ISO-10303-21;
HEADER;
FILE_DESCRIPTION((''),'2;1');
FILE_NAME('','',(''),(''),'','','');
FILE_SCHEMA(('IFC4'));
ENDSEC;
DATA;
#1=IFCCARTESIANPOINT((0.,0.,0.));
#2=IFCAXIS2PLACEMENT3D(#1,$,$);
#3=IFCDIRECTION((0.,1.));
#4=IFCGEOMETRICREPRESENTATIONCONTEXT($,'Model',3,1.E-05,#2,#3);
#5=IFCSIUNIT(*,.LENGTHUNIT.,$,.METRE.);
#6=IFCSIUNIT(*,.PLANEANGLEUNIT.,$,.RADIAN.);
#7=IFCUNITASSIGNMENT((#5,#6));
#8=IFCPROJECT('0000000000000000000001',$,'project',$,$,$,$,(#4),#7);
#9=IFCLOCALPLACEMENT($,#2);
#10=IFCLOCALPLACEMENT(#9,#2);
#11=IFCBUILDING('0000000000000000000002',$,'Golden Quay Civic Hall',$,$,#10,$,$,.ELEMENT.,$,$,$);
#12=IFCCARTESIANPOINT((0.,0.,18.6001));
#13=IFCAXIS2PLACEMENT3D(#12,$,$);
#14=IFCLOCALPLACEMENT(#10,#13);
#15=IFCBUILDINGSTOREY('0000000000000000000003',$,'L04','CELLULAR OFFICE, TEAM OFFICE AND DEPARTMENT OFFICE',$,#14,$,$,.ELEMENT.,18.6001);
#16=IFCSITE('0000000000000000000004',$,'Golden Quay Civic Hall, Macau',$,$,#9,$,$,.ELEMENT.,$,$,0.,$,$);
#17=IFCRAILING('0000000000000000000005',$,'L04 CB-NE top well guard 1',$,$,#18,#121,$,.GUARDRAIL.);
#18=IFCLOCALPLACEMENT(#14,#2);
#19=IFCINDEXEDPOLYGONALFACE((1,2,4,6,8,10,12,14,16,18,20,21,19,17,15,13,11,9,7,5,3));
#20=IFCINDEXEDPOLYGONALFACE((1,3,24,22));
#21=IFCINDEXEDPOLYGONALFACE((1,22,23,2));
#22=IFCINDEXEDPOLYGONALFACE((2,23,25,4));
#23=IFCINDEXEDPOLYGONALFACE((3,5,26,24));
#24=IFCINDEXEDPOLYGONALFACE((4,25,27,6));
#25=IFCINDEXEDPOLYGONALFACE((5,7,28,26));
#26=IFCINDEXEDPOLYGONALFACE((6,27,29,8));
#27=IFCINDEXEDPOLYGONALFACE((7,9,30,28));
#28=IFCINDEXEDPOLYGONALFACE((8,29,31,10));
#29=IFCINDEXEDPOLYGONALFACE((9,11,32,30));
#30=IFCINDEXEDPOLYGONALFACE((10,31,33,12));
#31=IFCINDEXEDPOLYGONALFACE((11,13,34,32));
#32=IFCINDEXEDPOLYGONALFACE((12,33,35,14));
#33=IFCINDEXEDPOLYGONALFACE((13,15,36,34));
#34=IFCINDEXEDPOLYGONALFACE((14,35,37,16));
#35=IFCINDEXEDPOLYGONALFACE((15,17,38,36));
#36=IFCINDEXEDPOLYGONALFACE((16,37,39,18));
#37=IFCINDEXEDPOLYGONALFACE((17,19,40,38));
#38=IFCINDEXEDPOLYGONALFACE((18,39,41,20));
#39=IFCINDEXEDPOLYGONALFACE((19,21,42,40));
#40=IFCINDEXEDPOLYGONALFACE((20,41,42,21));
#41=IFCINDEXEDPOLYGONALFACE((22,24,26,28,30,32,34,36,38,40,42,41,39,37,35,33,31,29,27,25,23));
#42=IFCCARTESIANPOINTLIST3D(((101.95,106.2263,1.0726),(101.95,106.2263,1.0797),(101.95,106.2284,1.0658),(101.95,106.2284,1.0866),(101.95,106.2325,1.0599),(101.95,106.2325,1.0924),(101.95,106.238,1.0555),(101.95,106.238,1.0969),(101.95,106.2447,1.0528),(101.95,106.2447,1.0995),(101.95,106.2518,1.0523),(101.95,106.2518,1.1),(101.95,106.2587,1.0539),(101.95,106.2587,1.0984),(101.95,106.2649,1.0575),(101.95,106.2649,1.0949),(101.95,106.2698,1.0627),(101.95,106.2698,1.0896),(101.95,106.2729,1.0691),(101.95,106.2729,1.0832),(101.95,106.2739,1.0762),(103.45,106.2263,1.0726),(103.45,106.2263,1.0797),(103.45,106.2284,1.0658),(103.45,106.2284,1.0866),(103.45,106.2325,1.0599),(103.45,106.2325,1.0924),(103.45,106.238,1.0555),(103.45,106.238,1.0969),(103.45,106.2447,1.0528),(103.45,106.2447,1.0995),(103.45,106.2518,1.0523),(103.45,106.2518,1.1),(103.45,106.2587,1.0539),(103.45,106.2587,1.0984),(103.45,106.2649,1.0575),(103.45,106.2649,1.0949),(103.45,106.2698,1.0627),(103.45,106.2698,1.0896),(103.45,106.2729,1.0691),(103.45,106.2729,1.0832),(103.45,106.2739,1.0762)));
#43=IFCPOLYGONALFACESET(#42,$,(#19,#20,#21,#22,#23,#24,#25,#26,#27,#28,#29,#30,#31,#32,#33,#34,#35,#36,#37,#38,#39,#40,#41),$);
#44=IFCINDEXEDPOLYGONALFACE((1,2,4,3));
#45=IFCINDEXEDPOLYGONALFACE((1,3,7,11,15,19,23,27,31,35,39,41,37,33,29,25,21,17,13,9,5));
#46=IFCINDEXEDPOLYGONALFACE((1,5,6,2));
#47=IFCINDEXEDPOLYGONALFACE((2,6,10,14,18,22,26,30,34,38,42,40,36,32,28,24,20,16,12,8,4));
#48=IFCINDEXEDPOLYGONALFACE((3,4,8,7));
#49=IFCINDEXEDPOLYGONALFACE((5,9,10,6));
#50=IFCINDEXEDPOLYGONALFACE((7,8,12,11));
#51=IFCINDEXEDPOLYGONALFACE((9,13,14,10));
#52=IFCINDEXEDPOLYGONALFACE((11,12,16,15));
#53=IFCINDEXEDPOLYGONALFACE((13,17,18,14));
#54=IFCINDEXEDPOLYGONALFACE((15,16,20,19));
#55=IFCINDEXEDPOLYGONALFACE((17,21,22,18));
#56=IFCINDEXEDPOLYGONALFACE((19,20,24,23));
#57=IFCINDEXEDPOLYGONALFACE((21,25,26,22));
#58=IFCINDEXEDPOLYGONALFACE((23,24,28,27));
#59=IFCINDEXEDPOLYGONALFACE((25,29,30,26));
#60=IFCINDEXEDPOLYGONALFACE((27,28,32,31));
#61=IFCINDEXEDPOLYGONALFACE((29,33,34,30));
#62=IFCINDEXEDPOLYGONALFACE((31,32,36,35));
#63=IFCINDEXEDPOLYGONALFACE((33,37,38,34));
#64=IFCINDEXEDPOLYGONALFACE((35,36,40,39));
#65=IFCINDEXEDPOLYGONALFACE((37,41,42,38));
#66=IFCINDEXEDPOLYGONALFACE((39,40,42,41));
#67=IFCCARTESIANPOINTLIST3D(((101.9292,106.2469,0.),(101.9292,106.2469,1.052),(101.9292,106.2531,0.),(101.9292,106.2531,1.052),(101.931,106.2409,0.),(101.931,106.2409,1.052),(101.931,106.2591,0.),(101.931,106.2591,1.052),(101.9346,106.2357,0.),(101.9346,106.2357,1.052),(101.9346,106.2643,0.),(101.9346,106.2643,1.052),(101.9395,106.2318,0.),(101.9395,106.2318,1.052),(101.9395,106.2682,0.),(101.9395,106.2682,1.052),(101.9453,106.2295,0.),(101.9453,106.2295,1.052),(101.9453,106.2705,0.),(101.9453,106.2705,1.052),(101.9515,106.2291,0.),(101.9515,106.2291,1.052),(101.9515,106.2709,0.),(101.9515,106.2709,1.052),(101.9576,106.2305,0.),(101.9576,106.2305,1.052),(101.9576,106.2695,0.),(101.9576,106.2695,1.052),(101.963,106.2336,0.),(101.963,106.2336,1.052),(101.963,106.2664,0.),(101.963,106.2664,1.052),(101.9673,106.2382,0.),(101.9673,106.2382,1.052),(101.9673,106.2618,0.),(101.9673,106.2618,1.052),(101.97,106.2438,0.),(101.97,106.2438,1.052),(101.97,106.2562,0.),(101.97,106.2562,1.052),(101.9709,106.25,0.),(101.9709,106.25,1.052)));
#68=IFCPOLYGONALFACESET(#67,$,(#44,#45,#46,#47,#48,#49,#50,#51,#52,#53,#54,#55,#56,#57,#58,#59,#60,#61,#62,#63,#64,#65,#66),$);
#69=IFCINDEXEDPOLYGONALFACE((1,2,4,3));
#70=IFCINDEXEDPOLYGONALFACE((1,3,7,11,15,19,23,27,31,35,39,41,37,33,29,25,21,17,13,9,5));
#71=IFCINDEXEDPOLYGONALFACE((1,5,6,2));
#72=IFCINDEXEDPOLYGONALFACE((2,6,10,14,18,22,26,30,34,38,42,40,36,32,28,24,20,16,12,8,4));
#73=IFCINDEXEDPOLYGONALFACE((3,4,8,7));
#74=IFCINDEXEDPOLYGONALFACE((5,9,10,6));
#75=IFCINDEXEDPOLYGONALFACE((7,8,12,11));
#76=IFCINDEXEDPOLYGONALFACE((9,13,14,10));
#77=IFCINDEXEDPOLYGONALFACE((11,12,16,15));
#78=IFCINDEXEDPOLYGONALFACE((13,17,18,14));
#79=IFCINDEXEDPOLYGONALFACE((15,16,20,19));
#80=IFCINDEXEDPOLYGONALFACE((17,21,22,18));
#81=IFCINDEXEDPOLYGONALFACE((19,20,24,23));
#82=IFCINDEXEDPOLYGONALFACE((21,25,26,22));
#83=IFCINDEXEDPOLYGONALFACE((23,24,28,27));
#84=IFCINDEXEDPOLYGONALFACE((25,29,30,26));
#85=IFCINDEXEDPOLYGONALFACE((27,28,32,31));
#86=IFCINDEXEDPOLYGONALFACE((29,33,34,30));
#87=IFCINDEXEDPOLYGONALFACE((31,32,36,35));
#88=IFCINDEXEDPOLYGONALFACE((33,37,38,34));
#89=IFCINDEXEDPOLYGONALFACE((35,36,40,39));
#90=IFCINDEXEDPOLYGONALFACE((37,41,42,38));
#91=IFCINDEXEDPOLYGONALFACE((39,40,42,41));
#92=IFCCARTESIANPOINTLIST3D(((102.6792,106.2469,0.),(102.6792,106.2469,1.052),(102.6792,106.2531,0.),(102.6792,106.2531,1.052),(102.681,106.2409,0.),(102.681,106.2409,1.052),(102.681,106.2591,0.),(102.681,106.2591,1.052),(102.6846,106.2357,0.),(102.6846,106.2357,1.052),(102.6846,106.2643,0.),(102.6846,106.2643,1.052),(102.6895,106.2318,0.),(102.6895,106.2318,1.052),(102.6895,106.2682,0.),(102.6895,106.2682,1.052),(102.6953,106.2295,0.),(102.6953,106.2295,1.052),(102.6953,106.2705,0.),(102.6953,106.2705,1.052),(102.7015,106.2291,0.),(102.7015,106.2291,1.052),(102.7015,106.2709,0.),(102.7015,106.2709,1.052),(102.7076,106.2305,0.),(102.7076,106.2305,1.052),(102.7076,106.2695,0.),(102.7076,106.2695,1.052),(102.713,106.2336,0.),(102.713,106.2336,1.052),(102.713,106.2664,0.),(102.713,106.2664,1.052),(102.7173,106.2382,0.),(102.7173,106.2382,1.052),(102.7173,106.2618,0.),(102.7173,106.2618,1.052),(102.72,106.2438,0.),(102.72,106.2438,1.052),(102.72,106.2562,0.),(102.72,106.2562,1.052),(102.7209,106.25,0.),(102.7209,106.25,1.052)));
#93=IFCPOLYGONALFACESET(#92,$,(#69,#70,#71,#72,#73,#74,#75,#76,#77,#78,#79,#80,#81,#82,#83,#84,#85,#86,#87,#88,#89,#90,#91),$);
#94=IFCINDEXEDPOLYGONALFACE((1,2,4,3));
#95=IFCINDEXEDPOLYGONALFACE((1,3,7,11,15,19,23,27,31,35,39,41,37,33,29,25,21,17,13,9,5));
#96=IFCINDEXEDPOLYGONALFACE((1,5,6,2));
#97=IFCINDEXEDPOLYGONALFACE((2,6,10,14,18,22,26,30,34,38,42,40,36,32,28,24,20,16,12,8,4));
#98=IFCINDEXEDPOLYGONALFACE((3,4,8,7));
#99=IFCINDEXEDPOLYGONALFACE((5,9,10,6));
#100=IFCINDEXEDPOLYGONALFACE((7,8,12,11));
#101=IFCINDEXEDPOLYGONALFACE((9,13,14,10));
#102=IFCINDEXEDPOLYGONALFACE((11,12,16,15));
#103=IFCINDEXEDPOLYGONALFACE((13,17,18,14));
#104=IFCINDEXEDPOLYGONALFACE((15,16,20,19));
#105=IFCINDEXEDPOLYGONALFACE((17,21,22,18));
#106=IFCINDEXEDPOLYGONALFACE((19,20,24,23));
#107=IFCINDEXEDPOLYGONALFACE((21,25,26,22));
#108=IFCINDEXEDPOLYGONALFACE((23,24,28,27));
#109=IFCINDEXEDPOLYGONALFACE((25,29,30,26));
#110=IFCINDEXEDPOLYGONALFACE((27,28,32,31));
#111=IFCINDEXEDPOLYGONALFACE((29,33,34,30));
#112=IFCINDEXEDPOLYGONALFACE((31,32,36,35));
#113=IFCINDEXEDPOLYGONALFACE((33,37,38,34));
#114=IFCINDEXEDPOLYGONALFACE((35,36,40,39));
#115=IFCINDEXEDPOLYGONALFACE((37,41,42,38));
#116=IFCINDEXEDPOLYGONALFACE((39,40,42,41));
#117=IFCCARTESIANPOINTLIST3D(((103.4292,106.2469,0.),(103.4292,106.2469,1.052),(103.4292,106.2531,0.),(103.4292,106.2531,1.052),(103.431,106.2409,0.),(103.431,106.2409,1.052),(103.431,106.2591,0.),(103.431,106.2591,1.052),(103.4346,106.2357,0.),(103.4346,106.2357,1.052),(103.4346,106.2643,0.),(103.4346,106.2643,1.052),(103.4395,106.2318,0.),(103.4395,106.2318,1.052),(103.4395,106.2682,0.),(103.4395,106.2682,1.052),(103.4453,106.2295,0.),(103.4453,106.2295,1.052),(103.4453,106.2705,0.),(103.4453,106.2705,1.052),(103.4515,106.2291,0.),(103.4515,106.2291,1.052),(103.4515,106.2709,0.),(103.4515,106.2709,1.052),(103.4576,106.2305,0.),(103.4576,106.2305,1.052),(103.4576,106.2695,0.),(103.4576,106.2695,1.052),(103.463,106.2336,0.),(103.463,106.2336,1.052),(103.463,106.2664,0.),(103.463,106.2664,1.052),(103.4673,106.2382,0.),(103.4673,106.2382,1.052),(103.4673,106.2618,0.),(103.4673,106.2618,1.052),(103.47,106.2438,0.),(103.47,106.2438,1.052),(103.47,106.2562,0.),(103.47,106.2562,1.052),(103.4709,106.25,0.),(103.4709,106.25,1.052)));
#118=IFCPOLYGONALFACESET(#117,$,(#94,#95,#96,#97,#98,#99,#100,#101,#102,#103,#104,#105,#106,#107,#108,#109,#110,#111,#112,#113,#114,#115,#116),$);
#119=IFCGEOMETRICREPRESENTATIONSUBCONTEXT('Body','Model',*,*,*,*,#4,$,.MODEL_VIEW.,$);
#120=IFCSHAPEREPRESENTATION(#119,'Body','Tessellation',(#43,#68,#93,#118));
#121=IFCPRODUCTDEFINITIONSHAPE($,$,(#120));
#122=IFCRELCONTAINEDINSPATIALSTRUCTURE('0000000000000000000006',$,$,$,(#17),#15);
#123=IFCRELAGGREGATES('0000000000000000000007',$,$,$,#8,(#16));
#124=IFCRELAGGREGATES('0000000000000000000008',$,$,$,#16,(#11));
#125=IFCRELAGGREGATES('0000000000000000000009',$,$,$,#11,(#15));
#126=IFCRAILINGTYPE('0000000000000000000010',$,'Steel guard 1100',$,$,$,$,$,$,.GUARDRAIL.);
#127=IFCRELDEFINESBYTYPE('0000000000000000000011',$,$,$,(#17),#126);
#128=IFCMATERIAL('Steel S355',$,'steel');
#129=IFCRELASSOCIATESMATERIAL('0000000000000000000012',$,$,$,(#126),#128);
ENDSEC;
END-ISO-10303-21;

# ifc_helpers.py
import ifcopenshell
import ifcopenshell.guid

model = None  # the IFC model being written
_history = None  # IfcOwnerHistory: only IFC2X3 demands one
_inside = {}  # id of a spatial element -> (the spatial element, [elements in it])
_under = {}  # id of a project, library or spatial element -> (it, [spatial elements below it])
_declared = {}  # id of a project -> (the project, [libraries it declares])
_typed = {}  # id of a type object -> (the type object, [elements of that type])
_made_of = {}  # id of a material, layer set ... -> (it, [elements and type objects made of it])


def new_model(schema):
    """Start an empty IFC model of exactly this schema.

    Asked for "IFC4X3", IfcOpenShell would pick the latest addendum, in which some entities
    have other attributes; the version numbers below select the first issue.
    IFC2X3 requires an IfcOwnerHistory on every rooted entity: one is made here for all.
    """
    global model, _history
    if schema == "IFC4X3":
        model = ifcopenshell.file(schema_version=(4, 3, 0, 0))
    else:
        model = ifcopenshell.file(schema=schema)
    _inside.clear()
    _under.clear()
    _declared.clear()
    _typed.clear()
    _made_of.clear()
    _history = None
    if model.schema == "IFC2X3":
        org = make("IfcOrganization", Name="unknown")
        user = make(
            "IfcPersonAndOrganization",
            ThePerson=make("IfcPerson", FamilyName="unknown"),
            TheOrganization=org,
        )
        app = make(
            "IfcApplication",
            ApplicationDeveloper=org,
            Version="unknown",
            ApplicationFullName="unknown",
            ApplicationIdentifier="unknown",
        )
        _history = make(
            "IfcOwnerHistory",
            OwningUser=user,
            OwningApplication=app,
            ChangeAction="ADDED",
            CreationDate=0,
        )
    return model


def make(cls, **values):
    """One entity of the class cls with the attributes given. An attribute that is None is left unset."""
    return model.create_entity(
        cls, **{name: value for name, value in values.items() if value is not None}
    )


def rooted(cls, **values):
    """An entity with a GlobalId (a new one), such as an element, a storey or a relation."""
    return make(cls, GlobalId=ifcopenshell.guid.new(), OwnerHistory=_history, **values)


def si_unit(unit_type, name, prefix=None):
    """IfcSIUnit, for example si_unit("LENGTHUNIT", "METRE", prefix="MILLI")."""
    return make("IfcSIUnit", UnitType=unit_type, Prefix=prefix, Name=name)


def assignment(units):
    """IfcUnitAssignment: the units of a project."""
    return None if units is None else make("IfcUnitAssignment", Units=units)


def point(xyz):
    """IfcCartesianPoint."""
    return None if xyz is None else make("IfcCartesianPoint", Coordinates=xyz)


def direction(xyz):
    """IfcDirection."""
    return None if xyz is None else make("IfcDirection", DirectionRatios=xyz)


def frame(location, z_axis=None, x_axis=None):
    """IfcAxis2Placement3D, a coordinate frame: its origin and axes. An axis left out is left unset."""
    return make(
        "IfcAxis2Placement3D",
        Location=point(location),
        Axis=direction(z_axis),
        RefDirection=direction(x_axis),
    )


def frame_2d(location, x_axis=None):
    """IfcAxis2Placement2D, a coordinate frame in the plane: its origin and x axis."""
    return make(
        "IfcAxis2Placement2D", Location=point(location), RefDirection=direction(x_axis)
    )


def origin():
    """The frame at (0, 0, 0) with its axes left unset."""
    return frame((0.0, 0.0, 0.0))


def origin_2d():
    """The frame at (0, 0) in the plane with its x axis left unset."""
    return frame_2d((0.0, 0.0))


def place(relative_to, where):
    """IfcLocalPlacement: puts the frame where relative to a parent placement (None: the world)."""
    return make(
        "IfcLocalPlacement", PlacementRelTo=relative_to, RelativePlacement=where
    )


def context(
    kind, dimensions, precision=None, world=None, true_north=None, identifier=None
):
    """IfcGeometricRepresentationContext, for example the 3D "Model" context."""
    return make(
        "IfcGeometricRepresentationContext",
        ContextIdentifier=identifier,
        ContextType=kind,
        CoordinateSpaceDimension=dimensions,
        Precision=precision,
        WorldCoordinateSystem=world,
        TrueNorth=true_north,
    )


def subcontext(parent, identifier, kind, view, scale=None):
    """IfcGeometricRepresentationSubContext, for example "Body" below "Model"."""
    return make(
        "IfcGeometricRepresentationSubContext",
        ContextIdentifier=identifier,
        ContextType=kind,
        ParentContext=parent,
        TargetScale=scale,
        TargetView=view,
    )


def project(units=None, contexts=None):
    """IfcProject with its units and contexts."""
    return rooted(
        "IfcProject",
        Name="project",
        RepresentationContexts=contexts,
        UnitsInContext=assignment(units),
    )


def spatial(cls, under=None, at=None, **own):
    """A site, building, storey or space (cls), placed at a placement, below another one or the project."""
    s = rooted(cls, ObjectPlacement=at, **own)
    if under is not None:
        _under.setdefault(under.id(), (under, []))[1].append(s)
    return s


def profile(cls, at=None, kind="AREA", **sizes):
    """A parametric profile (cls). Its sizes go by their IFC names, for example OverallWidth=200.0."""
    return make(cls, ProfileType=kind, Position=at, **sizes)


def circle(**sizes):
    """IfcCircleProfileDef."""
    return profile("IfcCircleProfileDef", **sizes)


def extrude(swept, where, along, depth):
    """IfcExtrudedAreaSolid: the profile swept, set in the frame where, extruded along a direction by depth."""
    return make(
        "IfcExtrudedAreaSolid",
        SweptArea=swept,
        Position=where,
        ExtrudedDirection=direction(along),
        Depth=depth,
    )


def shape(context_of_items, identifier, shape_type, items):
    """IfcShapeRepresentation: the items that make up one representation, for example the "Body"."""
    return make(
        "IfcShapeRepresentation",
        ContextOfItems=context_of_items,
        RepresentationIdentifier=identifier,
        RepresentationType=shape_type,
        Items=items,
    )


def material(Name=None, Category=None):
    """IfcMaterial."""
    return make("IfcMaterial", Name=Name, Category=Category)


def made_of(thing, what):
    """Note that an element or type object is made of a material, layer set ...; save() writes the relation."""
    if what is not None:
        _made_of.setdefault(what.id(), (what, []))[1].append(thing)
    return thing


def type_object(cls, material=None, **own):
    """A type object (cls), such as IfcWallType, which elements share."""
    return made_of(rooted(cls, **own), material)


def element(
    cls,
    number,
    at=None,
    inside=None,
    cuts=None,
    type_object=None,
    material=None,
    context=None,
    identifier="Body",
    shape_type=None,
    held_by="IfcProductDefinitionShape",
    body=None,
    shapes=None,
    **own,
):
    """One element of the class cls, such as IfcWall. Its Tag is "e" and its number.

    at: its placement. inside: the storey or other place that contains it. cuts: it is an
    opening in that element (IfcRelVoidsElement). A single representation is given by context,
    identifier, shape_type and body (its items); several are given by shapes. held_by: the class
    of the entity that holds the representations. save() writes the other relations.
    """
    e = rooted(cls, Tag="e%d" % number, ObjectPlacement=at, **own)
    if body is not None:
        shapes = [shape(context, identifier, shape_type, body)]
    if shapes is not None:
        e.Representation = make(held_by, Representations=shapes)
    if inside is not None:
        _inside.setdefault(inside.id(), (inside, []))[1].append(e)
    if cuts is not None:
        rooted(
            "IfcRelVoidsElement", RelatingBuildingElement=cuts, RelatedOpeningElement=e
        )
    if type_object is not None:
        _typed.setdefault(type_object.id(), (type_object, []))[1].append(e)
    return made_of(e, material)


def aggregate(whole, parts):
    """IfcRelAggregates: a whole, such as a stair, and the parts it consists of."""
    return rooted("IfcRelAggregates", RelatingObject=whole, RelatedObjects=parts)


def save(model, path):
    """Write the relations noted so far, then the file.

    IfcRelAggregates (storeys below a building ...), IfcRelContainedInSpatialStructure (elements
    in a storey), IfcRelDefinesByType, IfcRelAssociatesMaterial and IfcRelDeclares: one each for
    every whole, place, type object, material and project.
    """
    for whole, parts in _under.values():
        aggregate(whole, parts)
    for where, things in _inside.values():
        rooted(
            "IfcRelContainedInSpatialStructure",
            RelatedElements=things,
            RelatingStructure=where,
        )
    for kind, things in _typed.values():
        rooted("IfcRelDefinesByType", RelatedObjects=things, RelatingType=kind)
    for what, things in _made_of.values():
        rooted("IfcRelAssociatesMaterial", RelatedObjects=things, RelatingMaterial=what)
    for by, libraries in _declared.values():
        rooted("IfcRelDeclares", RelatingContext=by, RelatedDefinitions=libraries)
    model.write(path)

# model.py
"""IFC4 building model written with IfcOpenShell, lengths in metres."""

from ifc_helpers import new_model, si_unit, direction, frame, origin, origin_2d, place, context, subcontext, project, spatial, circle, extrude, material, type_object, element, save


model = new_model("IFC4")

# Units and contexts
model_context = context("Model", 3, precision=1e-05, world=origin(), true_north=direction((0.0, 1.0)))
body_context = subcontext(model_context, "Body", "Model", "MODEL_VIEW")
ifc_project = project(units=[si_unit("LENGTHUNIT", "METRE"), si_unit("PLANEANGLEUNIT", "RADIAN")], contexts=[model_context])

# Site, building, storey
site_placement = place(None, origin())
site = spatial("IfcSite", under=ifc_project, at=site_placement, Name="Golden Quay Civic Hall, Macau", CompositionType="ELEMENT", RefElevation=0.0)
building_placement = place(site_placement, origin())
building = spatial("IfcBuilding", under=site, at=building_placement, Name="Golden Quay Civic Hall", CompositionType="ELEMENT")
storey_placement = place(building_placement, frame((0.0, 0.0, 18.6001)))
storey = spatial("IfcBuildingStorey", under=building, at=storey_placement, Name="L04", Description="CELLULAR OFFICE, TEAM OFFICE AND DEPARTMENT OFFICE", CompositionType="ELEMENT", Elevation=18.6001)

# Railing
ifc_material_1 = material(Name="Steel S355", Category="steel")
railing_type = type_object("IfcRailingType", Name="Steel guard 1100", PredefinedType="GUARDRAIL", material=ifc_material_1)
railing_placement = place(storey_placement, frame((101.95, 106.25, 0.0)))
element("IfcRailing", 1, at=railing_placement, inside=storey, type_object=railing_type, Name="L04 CB-NE top well guard 1", PredefinedType="GUARDRAIL", context=body_context, shape_type="SweptSolid", body=[
    extrude(circle(Radius=0.0239, at=origin_2d()), frame((0.0, 0.0, 1.0762), z_axis=(1.0, 0.0, 0.0), x_axis=(0.0, 1.0, 0.0)), (0.0, 0.0, 1.0), 1.5),
    extrude(circle(Radius=0.021, at=origin_2d()), origin(), (0.0, 0.0, 1.0), 1.052),
    extrude(circle(Radius=0.021, at=origin_2d()), frame((0.75, 0.0, 0.0)), (0.0, 0.0, 1.0), 1.052),
    extrude(circle(Radius=0.021, at=origin_2d()), frame((1.5, 0.0, 0.0)), (0.0, 0.0, 1.0), 1.052),
])

save(model, "model.ifc")
